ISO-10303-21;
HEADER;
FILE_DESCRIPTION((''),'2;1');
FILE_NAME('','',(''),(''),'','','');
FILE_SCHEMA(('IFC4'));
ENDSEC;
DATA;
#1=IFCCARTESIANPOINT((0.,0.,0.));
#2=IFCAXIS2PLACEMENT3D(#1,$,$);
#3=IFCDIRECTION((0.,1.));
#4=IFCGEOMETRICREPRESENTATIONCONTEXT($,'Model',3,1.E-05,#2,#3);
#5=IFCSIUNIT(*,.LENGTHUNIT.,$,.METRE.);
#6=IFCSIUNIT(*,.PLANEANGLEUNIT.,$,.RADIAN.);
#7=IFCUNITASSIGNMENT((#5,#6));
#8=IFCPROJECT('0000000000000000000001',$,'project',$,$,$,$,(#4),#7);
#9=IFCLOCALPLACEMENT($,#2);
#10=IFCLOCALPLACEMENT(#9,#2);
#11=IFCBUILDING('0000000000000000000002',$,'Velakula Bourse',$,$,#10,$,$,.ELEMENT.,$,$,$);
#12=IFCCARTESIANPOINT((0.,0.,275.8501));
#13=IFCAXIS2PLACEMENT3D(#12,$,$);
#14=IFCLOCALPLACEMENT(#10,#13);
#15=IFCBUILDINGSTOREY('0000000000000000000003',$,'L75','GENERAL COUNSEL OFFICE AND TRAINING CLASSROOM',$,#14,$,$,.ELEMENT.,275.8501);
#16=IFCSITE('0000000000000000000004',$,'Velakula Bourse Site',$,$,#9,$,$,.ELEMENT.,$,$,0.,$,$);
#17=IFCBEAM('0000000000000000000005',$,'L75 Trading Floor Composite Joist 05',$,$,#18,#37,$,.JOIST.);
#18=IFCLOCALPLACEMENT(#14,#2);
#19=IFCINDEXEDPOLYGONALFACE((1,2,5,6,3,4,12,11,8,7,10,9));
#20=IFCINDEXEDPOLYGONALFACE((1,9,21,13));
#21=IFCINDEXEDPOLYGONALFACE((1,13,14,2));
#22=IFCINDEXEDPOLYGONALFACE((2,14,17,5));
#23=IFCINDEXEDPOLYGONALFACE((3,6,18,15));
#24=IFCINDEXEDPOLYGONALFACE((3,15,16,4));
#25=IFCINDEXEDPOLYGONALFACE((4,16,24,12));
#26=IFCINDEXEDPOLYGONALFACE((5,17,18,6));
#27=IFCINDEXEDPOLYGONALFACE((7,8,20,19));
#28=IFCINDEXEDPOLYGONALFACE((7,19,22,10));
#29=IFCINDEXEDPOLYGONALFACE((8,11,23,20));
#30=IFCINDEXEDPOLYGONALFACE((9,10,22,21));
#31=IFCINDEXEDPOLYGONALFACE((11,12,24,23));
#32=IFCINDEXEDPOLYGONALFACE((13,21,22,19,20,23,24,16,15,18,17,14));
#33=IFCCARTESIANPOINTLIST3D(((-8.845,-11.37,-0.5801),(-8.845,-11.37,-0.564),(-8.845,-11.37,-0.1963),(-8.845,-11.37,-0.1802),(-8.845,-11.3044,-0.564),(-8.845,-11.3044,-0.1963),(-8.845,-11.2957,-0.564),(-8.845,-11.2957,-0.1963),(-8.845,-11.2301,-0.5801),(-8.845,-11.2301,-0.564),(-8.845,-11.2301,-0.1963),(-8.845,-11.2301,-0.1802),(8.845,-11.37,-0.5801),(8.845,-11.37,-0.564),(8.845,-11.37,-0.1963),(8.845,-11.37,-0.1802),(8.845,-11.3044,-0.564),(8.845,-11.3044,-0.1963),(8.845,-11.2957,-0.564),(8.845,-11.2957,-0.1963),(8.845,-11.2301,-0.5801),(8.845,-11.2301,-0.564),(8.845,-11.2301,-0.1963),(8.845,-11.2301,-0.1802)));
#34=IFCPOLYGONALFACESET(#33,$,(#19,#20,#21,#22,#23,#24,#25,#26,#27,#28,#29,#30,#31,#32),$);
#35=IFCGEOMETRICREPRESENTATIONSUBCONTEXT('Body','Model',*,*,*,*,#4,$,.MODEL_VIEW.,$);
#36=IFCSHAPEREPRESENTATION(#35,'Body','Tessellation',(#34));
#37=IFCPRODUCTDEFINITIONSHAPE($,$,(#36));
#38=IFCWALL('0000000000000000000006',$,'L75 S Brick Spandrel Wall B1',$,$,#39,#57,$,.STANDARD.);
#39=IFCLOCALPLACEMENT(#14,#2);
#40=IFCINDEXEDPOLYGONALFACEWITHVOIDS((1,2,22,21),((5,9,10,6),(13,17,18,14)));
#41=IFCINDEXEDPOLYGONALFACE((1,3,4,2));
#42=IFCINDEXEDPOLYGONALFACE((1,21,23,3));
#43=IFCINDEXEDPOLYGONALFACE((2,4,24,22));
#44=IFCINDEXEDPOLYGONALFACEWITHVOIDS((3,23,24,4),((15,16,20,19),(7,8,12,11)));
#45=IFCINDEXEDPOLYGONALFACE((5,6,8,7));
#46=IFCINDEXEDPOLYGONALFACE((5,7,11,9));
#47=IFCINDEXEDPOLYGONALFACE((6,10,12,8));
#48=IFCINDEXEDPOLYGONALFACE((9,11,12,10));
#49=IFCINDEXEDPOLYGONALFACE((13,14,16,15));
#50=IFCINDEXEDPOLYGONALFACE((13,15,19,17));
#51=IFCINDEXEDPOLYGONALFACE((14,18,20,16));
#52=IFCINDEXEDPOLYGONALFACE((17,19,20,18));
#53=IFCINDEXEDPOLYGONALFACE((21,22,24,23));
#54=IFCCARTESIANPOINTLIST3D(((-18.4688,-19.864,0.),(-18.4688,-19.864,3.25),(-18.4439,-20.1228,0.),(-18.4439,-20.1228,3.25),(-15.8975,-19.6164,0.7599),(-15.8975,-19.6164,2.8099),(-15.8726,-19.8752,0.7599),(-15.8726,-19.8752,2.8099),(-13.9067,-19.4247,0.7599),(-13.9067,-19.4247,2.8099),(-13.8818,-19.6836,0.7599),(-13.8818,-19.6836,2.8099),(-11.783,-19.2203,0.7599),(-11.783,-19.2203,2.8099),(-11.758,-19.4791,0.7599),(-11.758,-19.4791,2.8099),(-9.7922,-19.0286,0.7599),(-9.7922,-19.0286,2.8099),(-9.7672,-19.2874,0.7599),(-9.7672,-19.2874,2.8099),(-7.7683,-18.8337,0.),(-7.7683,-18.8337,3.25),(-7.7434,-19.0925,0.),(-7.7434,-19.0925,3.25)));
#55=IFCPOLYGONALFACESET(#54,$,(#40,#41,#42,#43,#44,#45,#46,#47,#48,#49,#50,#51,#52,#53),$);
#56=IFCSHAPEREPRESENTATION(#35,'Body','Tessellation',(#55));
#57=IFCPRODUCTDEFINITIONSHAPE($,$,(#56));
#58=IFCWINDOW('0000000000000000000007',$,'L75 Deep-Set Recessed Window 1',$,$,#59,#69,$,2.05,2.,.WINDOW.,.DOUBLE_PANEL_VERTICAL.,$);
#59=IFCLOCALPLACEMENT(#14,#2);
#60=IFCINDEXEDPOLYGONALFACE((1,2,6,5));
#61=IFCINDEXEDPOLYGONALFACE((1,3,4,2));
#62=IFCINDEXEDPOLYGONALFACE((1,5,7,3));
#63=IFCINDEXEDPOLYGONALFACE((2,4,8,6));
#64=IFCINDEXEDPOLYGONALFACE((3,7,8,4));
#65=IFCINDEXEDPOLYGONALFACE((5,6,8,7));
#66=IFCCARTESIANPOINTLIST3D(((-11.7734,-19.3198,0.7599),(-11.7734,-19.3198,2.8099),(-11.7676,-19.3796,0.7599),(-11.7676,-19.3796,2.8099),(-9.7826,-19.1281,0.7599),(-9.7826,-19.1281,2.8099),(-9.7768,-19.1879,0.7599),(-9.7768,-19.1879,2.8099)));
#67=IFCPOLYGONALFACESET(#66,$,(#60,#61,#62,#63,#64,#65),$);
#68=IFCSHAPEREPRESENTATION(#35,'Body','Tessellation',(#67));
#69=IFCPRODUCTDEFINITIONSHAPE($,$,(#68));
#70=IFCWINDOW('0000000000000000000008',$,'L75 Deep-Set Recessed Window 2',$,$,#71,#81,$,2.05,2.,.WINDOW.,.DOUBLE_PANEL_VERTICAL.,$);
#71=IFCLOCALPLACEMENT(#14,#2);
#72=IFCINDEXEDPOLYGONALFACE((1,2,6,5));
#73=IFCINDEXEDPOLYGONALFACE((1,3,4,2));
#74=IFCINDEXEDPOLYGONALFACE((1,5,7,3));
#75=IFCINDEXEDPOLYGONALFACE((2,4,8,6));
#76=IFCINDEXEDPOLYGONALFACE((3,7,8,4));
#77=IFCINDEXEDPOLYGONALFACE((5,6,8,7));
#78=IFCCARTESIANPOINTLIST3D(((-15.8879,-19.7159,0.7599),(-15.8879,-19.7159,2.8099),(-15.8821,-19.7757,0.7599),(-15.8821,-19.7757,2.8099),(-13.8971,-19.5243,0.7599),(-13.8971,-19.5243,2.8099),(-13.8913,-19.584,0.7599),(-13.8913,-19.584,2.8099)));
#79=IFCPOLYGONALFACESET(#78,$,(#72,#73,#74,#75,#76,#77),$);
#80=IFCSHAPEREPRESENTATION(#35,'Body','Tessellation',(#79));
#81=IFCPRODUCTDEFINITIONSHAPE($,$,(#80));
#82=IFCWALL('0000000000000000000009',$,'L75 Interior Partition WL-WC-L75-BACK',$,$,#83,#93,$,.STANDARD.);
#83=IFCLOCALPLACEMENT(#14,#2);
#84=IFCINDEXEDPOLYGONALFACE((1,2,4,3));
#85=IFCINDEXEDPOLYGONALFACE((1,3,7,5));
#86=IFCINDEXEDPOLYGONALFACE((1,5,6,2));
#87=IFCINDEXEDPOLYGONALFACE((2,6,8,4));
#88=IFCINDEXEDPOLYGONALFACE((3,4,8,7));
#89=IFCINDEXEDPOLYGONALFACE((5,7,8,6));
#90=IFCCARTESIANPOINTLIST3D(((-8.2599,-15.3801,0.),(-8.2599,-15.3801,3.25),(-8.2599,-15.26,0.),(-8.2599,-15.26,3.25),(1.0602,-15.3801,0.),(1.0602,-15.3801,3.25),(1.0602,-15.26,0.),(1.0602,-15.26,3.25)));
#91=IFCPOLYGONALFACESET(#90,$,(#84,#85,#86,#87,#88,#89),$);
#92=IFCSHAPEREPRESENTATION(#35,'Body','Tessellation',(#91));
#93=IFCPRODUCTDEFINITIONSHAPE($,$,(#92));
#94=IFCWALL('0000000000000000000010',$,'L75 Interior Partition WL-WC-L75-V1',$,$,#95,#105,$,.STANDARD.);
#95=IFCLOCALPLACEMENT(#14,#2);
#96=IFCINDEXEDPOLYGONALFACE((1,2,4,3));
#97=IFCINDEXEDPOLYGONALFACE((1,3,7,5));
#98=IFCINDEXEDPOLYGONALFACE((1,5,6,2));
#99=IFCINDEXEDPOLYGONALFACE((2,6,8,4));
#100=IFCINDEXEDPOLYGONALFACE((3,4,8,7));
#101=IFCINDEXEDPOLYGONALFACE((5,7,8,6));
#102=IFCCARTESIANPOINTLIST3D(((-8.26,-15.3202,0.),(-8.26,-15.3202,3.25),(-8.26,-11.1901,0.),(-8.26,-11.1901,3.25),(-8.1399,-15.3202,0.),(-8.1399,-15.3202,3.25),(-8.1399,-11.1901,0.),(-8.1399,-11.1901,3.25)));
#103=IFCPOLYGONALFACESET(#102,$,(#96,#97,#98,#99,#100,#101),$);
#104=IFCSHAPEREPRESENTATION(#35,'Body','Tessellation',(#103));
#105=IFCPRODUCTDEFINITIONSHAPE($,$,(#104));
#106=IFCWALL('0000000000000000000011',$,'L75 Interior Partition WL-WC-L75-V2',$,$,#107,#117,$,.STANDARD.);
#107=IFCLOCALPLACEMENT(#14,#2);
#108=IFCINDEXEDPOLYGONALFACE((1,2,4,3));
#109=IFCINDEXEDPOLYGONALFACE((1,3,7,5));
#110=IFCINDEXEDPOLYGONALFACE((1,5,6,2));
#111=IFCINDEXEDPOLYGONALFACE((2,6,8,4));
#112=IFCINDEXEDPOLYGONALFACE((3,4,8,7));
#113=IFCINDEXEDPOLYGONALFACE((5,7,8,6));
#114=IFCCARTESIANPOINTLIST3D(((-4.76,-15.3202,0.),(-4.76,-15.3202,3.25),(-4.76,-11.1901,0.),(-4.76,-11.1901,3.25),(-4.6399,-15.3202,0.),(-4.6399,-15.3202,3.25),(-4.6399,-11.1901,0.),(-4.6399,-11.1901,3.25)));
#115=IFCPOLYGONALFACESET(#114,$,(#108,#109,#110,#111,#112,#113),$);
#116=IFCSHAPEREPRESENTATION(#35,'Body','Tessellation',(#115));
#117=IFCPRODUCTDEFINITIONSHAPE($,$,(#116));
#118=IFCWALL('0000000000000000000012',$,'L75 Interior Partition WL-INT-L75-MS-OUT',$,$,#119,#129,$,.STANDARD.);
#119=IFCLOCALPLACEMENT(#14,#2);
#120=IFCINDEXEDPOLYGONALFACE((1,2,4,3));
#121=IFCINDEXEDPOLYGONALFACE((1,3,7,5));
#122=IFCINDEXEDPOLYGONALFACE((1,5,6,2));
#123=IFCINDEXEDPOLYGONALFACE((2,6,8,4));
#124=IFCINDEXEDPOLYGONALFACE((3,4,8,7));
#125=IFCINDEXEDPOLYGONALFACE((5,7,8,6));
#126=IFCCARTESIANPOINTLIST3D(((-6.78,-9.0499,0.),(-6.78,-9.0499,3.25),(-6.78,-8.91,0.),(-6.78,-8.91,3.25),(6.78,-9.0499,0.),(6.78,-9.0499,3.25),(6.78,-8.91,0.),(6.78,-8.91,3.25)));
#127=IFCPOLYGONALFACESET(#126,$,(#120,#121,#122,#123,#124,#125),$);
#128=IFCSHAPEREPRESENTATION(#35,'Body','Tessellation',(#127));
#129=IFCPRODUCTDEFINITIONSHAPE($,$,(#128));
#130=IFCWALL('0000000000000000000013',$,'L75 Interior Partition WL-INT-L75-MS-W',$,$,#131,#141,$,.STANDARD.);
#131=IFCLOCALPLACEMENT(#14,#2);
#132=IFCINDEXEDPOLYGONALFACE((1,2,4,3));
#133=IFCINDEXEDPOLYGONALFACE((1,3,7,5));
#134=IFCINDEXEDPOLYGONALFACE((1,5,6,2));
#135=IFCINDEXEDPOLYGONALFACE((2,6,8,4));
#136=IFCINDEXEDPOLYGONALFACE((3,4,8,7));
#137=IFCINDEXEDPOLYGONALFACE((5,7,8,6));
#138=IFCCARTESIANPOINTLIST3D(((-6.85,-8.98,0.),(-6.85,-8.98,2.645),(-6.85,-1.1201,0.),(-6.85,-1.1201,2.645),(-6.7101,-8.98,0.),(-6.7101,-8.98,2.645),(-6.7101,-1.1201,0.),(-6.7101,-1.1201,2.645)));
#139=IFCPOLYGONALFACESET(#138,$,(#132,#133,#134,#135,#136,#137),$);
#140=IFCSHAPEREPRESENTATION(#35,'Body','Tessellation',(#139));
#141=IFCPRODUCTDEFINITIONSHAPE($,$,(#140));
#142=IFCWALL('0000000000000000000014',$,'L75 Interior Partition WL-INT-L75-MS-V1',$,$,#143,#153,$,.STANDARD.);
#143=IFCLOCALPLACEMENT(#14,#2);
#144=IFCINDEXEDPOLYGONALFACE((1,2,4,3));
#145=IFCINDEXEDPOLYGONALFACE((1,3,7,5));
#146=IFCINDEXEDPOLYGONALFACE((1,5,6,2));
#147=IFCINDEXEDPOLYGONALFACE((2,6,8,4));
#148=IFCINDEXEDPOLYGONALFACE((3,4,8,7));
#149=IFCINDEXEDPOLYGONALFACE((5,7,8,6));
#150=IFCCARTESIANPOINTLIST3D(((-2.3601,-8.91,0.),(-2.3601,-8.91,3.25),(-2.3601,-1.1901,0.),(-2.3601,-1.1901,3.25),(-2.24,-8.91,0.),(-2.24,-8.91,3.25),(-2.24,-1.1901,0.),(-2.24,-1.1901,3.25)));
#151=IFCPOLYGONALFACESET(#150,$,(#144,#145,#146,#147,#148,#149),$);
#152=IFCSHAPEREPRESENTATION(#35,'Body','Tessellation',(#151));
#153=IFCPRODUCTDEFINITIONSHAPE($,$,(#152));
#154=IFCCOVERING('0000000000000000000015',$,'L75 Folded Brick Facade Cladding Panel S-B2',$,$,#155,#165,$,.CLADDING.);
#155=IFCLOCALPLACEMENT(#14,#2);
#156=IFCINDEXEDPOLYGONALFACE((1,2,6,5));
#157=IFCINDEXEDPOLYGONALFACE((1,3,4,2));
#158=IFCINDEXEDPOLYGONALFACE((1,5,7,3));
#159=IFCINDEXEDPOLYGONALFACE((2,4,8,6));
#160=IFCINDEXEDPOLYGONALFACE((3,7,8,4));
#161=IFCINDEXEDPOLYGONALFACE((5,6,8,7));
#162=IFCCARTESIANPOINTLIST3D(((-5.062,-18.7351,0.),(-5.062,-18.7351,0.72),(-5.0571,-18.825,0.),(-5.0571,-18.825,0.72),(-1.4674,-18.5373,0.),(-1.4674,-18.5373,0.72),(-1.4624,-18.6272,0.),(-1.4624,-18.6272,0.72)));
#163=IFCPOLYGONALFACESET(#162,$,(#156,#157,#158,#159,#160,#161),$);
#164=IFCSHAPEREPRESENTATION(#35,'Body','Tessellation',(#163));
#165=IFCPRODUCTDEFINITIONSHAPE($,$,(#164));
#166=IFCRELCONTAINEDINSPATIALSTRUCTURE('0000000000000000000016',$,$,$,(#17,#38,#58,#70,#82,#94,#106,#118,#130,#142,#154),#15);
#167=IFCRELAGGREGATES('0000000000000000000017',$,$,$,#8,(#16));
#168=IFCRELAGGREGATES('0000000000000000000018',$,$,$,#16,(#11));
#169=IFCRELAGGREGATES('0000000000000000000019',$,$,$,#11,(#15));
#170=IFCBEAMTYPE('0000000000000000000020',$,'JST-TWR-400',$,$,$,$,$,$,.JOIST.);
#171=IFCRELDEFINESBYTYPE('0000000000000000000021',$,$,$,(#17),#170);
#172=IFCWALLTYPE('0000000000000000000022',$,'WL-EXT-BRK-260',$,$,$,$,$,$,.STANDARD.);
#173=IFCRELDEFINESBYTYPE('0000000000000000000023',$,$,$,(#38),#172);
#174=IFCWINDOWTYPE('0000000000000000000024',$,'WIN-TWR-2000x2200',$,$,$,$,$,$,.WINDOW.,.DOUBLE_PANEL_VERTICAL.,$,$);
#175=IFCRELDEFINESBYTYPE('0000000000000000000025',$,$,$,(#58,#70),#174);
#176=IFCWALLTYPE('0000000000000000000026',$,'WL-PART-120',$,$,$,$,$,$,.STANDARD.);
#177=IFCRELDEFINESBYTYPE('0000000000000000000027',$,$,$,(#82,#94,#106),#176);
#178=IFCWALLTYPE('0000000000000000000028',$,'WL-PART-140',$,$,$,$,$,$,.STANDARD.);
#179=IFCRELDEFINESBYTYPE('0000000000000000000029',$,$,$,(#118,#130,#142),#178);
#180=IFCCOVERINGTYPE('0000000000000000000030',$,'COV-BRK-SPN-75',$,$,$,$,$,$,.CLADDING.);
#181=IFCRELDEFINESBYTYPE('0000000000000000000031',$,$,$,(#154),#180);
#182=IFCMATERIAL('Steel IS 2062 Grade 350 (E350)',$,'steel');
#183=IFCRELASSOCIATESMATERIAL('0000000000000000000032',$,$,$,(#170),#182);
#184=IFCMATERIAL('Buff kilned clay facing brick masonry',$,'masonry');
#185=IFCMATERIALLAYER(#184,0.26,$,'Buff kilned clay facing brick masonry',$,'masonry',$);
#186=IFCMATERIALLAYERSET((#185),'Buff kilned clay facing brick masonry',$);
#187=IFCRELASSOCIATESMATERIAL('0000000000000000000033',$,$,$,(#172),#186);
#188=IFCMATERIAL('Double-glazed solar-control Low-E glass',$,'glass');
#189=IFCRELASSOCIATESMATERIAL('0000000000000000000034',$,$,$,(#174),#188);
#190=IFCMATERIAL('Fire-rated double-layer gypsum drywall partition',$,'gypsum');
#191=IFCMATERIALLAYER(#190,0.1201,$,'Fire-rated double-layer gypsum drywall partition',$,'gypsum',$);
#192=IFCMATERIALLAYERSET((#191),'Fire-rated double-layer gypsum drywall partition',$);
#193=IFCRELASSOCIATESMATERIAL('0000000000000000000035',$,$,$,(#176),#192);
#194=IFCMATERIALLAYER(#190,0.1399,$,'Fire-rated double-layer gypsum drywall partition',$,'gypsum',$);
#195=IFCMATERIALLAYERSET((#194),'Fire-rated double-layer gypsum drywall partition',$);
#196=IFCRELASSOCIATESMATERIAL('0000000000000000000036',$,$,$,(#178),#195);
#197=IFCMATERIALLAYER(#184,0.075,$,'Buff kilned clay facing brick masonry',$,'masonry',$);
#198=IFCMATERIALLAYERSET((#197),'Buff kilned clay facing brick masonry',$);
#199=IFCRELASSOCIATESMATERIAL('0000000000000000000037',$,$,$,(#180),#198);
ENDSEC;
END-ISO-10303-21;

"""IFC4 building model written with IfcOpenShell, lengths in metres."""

from ifc_helpers import new_model, si_unit, direction, frame, frame_2d, origin, origin_2d, place, context, subcontext, project, spatial, rectangle, i_section, extrude, material, layer, layer_set, material_profile, profile_set, type_object, element, fill, save


model = new_model("IFC4")

# Units and contexts
model_context = context("Model", 3, precision=1e-05, world=origin(), true_north=direction((0.0, 1.0)))
body_context = subcontext(model_context, "Body", "Model", "MODEL_VIEW")
ifc_project = project(units=[si_unit("LENGTHUNIT", "METRE"), si_unit("PLANEANGLEUNIT", "RADIAN")], contexts=[model_context])

# Site, building, storey
site_placement = place(None, origin())
site = spatial("IfcSite", under=ifc_project, at=site_placement, Name="Velakula Bourse Site", CompositionType="ELEMENT", RefElevation=0.0)
building_placement = place(site_placement, origin())
building = spatial("IfcBuilding", under=site, at=building_placement, Name="Velakula Bourse", CompositionType="ELEMENT")
storey_placement = place(building_placement, frame((0.0, 0.0, 275.8501)))
storey = spatial("IfcBuildingStorey", under=building, at=storey_placement, Name="L75", Description="GENERAL COUNSEL OFFICE AND TRAINING CLASSROOM", CompositionType="ELEMENT", Elevation=275.8501)

# Shared definitions
ifc_material_1 = material(Name="Steel IS 2062 Grade 350 (E350)", Category="steel")

# Beam
ifc_material_profile_1 = material_profile(ifc_material_1, i_section(OverallWidth=0.1399, OverallDepth=0.3999, WebThickness=0.0088, FlangeThickness=0.0161, at=origin_2d()), Name="Steel IS 2062 Grade 350 (E350)")
ifc_profile_set_1 = profile_set([ifc_material_profile_1], Name="Steel IS 2062 Grade 350 (E350)")
beam_type_1 = type_object("IfcBeamType", Name="JST-TWR-400", PredefinedType="JOIST", material=ifc_profile_set_1)
beam_1_placement = place(storey_placement, frame((-8.845, -11.3, -0.3801), z_axis=(1.0, 0.0, 0.0), x_axis=(0.0, 1.0, 0.0)))
element("IfcBeam", 1, at=beam_1_placement, inside=storey, type_object=beam_type_1, Name="L75 Trading Floor Composite Joist 05", PredefinedType="JOIST", context=body_context, shape_type="SweptSolid", body=[
    extrude(i_section(OverallWidth=0.1399, OverallDepth=0.3999, WebThickness=0.0088, FlangeThickness=0.0161, at=origin_2d()), origin(), (0.0, 0.0, 1.0), 17.6899),
])

# Wall, openings, windows
ifc_material_2 = material(Name="Buff kilned clay facing brick masonry", Category="masonry")
ifc_layer_1 = layer(ifc_material_2, 0.26, Name="Buff kilned clay facing brick masonry", Category="masonry")
ifc_layer_set_1 = layer_set([ifc_layer_1], Name="Buff kilned clay facing brick masonry")
wall_type_1 = type_object("IfcWallType", Name="WL-EXT-BRK-260", PredefinedType="STANDARD", material=ifc_layer_set_1)
wall_1_placement = place(storey_placement, frame((-7.7559, -18.9631, 0.0), z_axis=(0.0, 0.0, 1.0), x_axis=(-0.995397, -0.09584, 0.0)))
wall_1 = element("IfcWall", 2, at=wall_1_placement, inside=storey, type_object=wall_type_1, Name="L75 S Brick Spandrel Wall B1", PredefinedType="STANDARD", context=body_context, shape_type="SweptSolid", body=[
    extrude(rectangle(XDim=10.75, YDim=0.26, at=frame_2d((5.375, 0.0))), origin(), (0.0, 0.0, 1.0), 3.25),
])
opening_1_placement = place(wall_1_placement, frame((2.0332, 0.0, 0.76)))
opening_1 = element("IfcOpeningElement", 3, at=opening_1_placement, cuts=wall_1, PredefinedType="OPENING", context=body_context, shape_type="SweptSolid", body=[
    extrude(rectangle(XDim=2.0, YDim=2.05, at=frame_2d((1.0, 1.0249))), frame((0.0, 0.1399, 0.0), z_axis=(0.0, -1.0, 0.0), x_axis=(1.0, 0.0, 0.0)), (0.0, 0.0, 1.0), 0.28),
])
opening_2_placement = place(wall_1_placement, frame((6.1667, 0.0, 0.76)))
opening_2 = element("IfcOpeningElement", 4, at=opening_2_placement, cuts=wall_1, PredefinedType="OPENING", context=body_context, shape_type="SweptSolid", body=[
    extrude(rectangle(XDim=2.0, YDim=2.05, at=frame_2d((1.0, 1.0249))), frame((0.0, 0.1399, 0.0), z_axis=(0.0, -1.0, 0.0), x_axis=(1.0, 0.0, 0.0)), (0.0, 0.0, 1.0), 0.28),
])
ifc_material_3 = material(Name="Double-glazed solar-control Low-E glass", Category="glass")
window_type = type_object("IfcWindowType", Name="WIN-TWR-2000x2200", PartitioningType="DOUBLE_PANEL_VERTICAL", PredefinedType="WINDOW", material=ifc_material_3)
window_1_placement = place(opening_1_placement, origin())
window_1 = element("IfcWindow", 5, at=window_1_placement, inside=storey, type_object=window_type, Name="L75 Deep-Set Recessed Window 1", OverallHeight=2.05, OverallWidth=2.0, PartitioningType="DOUBLE_PANEL_VERTICAL", PredefinedType="WINDOW", context=body_context, shape_type="SweptSolid", body=[
    extrude(rectangle(XDim=2.0, YDim=2.05, at=frame_2d((1.0, 1.0249))), frame((0.0, 0.03, 0.0), z_axis=(0.0, -1.0, 0.0), x_axis=(1.0, 0.0, 0.0)), (0.0, 0.0, 1.0), 0.0601),
])
fill(opening_1, window_1)
window_2_placement = place(opening_2_placement, origin())
window_2 = element("IfcWindow", 6, at=window_2_placement, inside=storey, type_object=window_type, Name="L75 Deep-Set Recessed Window 2", OverallHeight=2.05, OverallWidth=2.0, PartitioningType="DOUBLE_PANEL_VERTICAL", PredefinedType="WINDOW", context=body_context, shape_type="SweptSolid", body=[
    extrude(rectangle(XDim=2.0, YDim=2.05, at=frame_2d((1.0, 1.0249))), frame((0.0, 0.03, 0.0), z_axis=(0.0, -1.0, 0.0), x_axis=(1.0, 0.0, 0.0)), (0.0, 0.0, 1.0), 0.0601),
])
fill(opening_2, window_2)

# Walls
ifc_material_4 = material(Name="Fire-rated double-layer gypsum drywall partition", Category="gypsum")
ifc_layer_2 = layer(ifc_material_4, 0.1201, Name="Fire-rated double-layer gypsum drywall partition", Category="gypsum")
ifc_layer_set_2 = layer_set([ifc_layer_2], Name="Fire-rated double-layer gypsum drywall partition")
wall_type_2 = type_object("IfcWallType", Name="WL-PART-120", PredefinedType="STANDARD", material=ifc_layer_set_2)
wall_2_placement = place(storey_placement, frame((-8.26, -15.3201, 0.0), z_axis=(0.0, 0.0, 1.0), x_axis=(1.0, 0.0, 0.0)))
element("IfcWall", 7, at=wall_2_placement, inside=storey, type_object=wall_type_2, Name="L75 Interior Partition WL-WC-L75-BACK", PredefinedType="STANDARD", context=body_context, shape_type="SweptSolid", body=[
    extrude(rectangle(XDim=9.3201, YDim=0.1201, at=frame_2d((4.6602, 0.0))), origin(), (0.0, 0.0, 1.0), 3.25),
])
for number, where, z_axis, x_axis, name in (
    (8, (-8.2, -15.3201, 0.0), (0.0, 0.0, 1.0), (0.0, 1.0, 0.0), "L75 Interior Partition WL-WC-L75-V1"),
    (9, (-4.7, -15.3201, 0.0), (0.0, 0.0, 1.0), (0.0, 1.0, 0.0), "L75 Interior Partition WL-WC-L75-V2"),
):
    element("IfcWall", number, at=place(storey_placement, frame(where, z_axis=z_axis, x_axis=x_axis)), inside=storey, type_object=wall_type_2, Name=name, PredefinedType="STANDARD", context=body_context, shape_type="SweptSolid", body=[
        extrude(rectangle(XDim=4.1301, YDim=0.1201, at=frame_2d((2.0649, 0.0))), origin(), (0.0, 0.0, 1.0), 3.25),
    ])
ifc_layer_3 = layer(ifc_material_4, 0.1399, Name="Fire-rated double-layer gypsum drywall partition", Category="gypsum")
ifc_layer_set_3 = layer_set([ifc_layer_3], Name="Fire-rated double-layer gypsum drywall partition")
wall_type_3 = type_object("IfcWallType", Name="WL-PART-140", PredefinedType="STANDARD", material=ifc_layer_set_3)
wall_3_placement = place(storey_placement, frame((-6.78, -8.98, 0.0), z_axis=(0.0, 0.0, 1.0), x_axis=(1.0, 0.0, 0.0)))
element("IfcWall", 10, at=wall_3_placement, inside=storey, type_object=wall_type_3, Name="L75 Interior Partition WL-INT-L75-MS-OUT", PredefinedType="STANDARD", context=body_context, shape_type="SweptSolid", body=[
    extrude(rectangle(XDim=13.5601, YDim=0.1399, at=frame_2d((6.78, 0.0))), origin(), (0.0, 0.0, 1.0), 3.25),
])
wall_4_placement = place(storey_placement, frame((-6.78, -8.98, 0.0), z_axis=(0.0, 0.0, 1.0), x_axis=(0.0, 1.0, 0.0)))
element("IfcWall", 11, at=wall_4_placement, inside=storey, type_object=wall_type_3, Name="L75 Interior Partition WL-INT-L75-MS-W", PredefinedType="STANDARD", context=body_context, shape_type="SweptSolid", body=[
    extrude(rectangle(XDim=7.8599, YDim=0.1399, at=frame_2d((3.9299, 0.0))), origin(), (0.0, 0.0, 1.0), 2.645),
])
wall_5_placement = place(storey_placement, frame((-2.3, -8.9099, 0.0), z_axis=(0.0, 0.0, 1.0), x_axis=(0.0, 1.0, 0.0)))
element("IfcWall", 12, at=wall_5_placement, inside=storey, type_object=wall_type_3, Name="L75 Interior Partition WL-INT-L75-MS-V1", PredefinedType="STANDARD", context=body_context, shape_type="SweptSolid", body=[
    extrude(rectangle(XDim=7.72, YDim=0.1201, at=frame_2d((3.8599, 0.0))), origin(), (0.0, 0.0, 1.0), 3.25),
])

# Covering
ifc_layer_4 = layer(ifc_material_2, 0.075, Name="Buff kilned clay facing brick masonry", Category="masonry")
ifc_layer_set_4 = layer_set([ifc_layer_4], Name="Buff kilned clay facing brick masonry")
covering_type = type_object("IfcCoveringType", Name="COV-BRK-SPN-75", PredefinedType="CLADDING", material=ifc_layer_set_4)
covering_placement = place(storey_placement, frame((-3.2622, -18.6812, 0.0), z_axis=(0.0, 0.0, 1.0), x_axis=(0.998489, 0.05495, 0.0)))
element("IfcCovering", 13, at=covering_placement, inside=storey, type_object=covering_type, Name="L75 Folded Brick Facade Cladding Panel S-B2", PredefinedType="CLADDING", context=body_context, shape_type="SweptSolid", body=[
    extrude(rectangle(XDim=3.6001, YDim=0.0901, at=origin_2d()), origin(), (0.0, 0.0, 1.0), 0.72),
])

save(model, "model.ifc")
